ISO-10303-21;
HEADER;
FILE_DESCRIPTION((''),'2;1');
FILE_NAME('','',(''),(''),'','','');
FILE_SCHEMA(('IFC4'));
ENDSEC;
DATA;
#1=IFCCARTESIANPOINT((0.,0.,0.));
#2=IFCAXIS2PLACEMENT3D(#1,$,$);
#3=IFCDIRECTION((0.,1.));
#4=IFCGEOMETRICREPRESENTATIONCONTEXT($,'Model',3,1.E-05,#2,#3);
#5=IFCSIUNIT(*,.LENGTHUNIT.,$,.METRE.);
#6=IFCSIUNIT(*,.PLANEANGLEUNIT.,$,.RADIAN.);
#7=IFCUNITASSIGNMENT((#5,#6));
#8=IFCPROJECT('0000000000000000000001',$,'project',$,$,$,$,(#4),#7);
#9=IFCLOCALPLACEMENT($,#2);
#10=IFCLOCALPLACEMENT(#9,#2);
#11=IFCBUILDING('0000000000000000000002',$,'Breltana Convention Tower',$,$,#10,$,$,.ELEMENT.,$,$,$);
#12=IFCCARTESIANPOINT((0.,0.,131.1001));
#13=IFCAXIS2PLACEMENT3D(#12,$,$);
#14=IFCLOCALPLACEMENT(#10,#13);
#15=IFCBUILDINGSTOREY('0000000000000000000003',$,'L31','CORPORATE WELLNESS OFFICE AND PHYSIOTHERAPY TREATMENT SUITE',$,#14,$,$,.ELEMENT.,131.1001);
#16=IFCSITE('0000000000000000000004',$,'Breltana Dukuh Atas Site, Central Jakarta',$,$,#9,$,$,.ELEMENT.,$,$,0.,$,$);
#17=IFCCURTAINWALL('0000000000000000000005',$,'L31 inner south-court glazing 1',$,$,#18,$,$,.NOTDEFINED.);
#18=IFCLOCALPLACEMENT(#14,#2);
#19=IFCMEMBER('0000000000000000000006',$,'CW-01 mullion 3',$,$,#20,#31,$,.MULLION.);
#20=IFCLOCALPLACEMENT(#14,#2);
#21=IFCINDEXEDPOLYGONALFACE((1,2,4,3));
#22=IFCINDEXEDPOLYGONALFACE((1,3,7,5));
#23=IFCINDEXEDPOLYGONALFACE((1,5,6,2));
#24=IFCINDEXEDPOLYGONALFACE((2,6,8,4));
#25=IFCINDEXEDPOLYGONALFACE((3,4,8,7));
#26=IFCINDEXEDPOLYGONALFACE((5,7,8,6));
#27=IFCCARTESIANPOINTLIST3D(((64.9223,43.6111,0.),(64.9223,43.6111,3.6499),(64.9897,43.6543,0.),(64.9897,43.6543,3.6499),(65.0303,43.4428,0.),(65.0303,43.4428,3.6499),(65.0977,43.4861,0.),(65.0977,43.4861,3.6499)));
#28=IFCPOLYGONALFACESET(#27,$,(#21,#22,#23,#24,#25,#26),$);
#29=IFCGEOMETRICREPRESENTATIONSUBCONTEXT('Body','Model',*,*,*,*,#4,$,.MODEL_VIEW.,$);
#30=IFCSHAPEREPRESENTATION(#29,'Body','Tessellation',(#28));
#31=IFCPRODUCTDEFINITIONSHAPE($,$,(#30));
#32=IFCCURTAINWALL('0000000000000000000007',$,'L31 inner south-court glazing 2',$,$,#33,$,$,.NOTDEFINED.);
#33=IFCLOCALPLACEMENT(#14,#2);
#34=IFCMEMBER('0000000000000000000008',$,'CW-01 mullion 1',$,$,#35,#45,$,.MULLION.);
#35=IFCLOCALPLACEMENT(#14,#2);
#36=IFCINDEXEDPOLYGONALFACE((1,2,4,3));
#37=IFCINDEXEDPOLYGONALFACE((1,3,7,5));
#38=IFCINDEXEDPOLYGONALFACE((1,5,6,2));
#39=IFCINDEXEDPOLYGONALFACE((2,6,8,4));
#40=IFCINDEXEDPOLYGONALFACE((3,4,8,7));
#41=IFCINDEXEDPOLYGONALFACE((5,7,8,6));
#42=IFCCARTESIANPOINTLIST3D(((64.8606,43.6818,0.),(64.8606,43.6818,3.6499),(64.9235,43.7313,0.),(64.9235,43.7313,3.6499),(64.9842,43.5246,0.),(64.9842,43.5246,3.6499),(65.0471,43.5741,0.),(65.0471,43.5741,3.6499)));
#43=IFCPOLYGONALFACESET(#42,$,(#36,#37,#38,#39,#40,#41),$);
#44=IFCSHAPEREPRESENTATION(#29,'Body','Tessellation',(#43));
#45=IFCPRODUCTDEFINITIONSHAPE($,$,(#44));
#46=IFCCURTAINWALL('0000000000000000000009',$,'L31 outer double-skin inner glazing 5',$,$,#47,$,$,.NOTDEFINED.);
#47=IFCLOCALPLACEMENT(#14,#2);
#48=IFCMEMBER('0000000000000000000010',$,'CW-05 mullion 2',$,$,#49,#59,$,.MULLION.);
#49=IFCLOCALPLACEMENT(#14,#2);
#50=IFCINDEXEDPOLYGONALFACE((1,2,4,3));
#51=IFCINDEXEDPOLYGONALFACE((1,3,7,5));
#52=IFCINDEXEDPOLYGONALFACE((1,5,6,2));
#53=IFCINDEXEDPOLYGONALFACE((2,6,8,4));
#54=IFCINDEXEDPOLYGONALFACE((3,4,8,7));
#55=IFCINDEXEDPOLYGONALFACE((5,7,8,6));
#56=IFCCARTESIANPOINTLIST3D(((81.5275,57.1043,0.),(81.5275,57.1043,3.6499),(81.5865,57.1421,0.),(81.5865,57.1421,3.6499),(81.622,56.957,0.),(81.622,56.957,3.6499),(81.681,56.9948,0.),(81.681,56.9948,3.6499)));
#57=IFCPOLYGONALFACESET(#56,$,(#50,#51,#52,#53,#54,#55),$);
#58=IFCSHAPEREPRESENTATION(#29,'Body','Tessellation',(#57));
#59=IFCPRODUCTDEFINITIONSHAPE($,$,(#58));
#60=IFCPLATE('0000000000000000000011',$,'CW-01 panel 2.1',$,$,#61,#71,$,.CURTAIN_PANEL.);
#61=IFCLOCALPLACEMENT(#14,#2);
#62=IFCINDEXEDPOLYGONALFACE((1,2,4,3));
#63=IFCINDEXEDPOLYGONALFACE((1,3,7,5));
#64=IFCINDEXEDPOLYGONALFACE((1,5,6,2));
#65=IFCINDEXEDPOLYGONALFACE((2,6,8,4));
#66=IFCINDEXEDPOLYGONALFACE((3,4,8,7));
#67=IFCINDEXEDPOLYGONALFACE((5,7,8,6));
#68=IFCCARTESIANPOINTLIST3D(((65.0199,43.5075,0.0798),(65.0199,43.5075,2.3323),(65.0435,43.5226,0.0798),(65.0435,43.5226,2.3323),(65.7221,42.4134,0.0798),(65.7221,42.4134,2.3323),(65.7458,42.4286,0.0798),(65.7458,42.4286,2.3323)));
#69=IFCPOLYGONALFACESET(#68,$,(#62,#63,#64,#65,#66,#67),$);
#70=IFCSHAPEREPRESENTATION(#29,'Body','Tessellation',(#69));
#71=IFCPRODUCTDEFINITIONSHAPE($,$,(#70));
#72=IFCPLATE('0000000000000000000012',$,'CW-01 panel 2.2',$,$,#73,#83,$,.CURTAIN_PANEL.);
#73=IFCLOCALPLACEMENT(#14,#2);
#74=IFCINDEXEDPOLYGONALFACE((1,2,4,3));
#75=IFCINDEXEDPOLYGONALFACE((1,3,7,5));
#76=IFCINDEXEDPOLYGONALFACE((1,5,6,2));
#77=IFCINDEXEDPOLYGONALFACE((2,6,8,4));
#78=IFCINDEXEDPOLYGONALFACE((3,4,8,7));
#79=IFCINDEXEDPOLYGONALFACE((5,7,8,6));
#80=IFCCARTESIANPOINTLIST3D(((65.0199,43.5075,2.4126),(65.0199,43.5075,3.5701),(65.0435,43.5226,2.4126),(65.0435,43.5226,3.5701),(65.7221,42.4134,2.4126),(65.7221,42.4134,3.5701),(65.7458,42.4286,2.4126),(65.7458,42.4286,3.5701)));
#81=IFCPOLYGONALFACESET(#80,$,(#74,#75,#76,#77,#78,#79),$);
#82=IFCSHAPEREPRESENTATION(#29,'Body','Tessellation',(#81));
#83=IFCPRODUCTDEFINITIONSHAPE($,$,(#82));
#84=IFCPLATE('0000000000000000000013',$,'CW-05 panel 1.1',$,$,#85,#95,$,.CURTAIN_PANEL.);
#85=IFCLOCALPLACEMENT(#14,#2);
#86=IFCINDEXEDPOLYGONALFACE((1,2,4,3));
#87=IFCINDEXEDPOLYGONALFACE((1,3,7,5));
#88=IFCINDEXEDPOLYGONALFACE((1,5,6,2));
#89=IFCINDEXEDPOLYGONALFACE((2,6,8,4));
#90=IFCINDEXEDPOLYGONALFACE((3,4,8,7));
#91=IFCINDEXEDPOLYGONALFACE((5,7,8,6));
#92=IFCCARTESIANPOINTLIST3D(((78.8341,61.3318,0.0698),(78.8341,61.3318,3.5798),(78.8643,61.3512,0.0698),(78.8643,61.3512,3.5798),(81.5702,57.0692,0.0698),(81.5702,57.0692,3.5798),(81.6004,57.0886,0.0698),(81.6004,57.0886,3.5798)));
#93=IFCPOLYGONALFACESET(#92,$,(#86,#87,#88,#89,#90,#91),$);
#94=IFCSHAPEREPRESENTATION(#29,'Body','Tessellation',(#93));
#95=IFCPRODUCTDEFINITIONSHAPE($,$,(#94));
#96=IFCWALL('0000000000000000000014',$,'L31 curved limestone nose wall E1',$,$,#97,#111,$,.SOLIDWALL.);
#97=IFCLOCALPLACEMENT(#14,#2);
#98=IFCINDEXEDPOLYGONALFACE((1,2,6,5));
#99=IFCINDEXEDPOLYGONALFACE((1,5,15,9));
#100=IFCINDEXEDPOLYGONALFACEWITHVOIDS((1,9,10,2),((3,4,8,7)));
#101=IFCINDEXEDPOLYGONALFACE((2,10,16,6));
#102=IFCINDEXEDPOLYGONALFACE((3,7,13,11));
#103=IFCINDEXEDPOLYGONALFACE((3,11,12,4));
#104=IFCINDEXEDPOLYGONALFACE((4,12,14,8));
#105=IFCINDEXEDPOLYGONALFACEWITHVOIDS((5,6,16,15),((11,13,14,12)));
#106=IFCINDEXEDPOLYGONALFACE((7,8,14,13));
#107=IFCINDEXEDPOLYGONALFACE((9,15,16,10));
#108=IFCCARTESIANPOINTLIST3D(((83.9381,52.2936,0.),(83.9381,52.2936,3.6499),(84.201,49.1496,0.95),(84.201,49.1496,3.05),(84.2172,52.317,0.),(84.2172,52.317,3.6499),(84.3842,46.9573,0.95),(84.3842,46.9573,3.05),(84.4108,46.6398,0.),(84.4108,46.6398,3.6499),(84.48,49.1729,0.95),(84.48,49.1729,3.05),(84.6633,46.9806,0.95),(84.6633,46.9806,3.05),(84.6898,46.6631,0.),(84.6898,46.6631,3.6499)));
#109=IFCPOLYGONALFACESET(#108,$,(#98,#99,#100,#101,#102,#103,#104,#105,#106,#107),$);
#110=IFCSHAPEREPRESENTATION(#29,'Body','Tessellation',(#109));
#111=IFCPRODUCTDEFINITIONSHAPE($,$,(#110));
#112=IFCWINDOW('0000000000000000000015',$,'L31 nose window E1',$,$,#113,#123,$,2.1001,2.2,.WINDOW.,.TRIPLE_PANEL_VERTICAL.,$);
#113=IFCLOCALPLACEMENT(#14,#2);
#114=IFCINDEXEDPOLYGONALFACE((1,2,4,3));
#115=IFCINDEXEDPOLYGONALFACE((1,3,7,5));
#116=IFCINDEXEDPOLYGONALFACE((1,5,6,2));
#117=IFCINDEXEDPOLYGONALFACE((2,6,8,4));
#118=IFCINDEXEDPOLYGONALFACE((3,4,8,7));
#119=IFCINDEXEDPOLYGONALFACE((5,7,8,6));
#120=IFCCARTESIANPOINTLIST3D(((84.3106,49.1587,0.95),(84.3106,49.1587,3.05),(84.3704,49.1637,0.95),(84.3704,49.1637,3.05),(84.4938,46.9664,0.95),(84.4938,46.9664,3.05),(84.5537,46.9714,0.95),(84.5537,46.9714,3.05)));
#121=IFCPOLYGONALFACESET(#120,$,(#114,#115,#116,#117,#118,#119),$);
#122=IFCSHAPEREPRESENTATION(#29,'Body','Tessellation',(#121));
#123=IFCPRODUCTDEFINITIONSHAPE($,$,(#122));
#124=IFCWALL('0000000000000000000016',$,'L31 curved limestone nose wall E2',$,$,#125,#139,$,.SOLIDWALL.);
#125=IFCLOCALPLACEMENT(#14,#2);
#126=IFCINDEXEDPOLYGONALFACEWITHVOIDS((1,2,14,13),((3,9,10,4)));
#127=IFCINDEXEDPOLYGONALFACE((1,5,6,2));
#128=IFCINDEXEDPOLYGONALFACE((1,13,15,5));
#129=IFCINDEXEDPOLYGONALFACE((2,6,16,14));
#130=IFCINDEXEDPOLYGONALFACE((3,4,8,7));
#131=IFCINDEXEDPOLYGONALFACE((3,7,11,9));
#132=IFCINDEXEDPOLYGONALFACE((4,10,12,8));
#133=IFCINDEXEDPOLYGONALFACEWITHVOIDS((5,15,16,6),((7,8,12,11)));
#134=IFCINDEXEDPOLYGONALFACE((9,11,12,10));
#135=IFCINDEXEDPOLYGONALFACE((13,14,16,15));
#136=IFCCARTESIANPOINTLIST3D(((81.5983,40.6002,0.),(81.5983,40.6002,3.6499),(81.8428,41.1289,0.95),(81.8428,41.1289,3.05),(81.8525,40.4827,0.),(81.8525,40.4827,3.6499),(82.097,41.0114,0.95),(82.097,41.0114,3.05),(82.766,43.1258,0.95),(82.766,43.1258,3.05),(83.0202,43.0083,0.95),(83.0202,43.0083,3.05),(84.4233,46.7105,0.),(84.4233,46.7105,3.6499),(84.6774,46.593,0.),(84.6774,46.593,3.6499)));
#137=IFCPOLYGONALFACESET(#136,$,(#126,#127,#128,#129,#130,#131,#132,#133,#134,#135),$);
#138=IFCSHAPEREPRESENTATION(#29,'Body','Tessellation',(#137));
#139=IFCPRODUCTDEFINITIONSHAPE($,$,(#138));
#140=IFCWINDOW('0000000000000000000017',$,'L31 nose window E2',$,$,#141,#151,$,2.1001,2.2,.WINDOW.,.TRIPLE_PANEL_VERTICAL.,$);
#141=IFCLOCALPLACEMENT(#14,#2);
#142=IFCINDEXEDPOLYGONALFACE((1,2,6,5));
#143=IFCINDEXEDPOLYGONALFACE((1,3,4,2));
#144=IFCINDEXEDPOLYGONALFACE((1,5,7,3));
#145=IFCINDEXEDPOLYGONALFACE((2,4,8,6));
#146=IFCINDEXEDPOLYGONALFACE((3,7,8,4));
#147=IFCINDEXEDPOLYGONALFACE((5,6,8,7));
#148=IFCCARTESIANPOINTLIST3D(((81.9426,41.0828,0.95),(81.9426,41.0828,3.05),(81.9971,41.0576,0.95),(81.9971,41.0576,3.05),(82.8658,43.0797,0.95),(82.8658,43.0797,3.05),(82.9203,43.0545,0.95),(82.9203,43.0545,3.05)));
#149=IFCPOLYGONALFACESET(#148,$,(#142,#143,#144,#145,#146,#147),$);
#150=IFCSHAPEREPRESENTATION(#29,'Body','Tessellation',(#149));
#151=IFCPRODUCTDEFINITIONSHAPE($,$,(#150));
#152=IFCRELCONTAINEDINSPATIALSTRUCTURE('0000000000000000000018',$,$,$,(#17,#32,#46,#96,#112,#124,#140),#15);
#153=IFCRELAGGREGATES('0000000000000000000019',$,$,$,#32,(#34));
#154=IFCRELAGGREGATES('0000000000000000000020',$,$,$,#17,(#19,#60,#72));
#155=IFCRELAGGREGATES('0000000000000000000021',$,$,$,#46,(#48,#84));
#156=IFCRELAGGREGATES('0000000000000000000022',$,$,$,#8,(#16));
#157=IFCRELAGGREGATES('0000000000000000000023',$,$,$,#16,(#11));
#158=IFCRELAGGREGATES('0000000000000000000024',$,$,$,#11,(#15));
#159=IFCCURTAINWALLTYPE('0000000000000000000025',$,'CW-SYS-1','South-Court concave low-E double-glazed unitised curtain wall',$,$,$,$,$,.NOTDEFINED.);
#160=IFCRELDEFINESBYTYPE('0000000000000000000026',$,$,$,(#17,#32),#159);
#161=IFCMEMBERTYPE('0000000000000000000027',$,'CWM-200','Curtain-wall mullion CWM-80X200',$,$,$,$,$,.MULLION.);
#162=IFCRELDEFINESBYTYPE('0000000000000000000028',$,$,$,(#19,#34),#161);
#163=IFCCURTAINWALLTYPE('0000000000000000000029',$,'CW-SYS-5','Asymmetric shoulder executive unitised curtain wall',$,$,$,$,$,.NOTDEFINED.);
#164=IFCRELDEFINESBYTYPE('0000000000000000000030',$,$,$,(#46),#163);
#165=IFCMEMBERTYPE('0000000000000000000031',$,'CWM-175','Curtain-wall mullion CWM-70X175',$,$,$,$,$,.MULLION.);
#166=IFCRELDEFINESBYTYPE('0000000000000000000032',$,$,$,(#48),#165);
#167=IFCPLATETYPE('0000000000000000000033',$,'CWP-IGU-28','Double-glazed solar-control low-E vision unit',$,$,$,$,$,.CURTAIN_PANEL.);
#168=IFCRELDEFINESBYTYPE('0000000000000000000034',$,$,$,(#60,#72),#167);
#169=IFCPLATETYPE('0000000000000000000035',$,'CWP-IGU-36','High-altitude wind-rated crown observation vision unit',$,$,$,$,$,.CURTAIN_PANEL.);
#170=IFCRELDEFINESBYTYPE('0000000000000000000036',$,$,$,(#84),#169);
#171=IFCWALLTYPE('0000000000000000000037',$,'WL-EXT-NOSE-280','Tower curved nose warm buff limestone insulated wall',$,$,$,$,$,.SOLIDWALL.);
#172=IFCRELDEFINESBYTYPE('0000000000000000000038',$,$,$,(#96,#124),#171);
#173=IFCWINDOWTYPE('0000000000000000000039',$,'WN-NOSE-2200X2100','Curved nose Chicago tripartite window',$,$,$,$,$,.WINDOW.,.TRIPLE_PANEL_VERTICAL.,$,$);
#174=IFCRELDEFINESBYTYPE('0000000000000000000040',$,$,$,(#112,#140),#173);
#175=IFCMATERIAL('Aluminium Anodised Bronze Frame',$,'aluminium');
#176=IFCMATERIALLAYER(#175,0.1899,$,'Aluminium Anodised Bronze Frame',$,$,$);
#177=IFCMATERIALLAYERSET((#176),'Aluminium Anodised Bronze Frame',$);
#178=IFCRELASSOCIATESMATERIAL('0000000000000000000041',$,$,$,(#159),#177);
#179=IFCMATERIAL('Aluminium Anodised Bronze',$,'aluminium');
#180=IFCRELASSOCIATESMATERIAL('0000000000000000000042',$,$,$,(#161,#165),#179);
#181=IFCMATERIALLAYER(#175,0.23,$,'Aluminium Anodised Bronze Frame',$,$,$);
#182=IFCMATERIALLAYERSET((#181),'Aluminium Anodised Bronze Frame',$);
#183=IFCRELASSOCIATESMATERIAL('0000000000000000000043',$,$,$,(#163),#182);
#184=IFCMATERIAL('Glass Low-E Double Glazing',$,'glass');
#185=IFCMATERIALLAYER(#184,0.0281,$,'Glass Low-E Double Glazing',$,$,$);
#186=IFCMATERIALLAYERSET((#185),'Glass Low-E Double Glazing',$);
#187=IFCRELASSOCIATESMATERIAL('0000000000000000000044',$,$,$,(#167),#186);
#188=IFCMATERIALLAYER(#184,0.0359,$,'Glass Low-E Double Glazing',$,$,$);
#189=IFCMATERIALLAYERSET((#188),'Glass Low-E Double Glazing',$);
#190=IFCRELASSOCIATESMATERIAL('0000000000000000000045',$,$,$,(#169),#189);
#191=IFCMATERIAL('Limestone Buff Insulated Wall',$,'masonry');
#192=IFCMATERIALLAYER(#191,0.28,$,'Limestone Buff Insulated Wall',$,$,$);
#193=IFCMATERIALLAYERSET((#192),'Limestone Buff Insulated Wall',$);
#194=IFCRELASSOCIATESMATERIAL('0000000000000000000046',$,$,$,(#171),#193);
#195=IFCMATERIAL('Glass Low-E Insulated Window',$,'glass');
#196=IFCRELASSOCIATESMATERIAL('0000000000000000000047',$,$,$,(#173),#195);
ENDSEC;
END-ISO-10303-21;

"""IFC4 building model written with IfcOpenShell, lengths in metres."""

from ifc_helpers import new_model, si_unit, direction, frame, frame_2d, origin, origin_2d, place, context, subcontext, project, spatial, rectangle, extrude, source, transform, mapped, material, layer, layer_set, material_profile, profile_set, type_object, type_shapes, element, fill, aggregate, save


model = new_model("IFC4")

# Units and contexts
model_context = context("Model", 3, precision=1e-05, world=origin(), true_north=direction((0.0, 1.0)))
body_context = subcontext(model_context, "Body", "Model", "MODEL_VIEW")
ifc_project = project(units=[si_unit("LENGTHUNIT", "METRE"), si_unit("PLANEANGLEUNIT", "RADIAN")], contexts=[model_context])

# Site, building, storey
site_placement = place(None, origin())
site = spatial("IfcSite", under=ifc_project, at=site_placement, Name="Breltana Dukuh Atas Site, Central Jakarta", CompositionType="ELEMENT", RefElevation=0.0)
building_placement = place(site_placement, origin())
building = spatial("IfcBuilding", under=site, at=building_placement, Name="Breltana Convention Tower", CompositionType="ELEMENT")
storey_placement = place(building_placement, frame((0.0, 0.0, 131.1001)))
storey = spatial("IfcBuildingStorey", under=building, at=storey_placement, Name="L31", Description="CORPORATE WELLNESS OFFICE AND PHYSIOTHERAPY TREATMENT SUITE", CompositionType="ELEMENT", Elevation=131.1001)

# Curtain walls, members
ifc_material_1 = material(Name="Aluminium Anodised Bronze Frame", Category="aluminium")
ifc_layer_1 = layer(ifc_material_1, 0.1899, Name="Aluminium Anodised Bronze Frame")
ifc_layer_set_1 = layer_set([ifc_layer_1], Name="Aluminium Anodised Bronze Frame")
curtain_wall_type_1 = type_object("IfcCurtainWallType", Name="CW-SYS-1", Description="South-Court concave low-E double-glazed unitised curtain wall", PredefinedType="NOTDEFINED", material=ifc_layer_set_1)
curtain_wall_1_placement = place(storey_placement, origin())
curtain_wall_1 = element("IfcCurtainWall", 1, at=curtain_wall_1_placement, inside=storey, type_object=curtain_wall_type_1, Name="L31 inner south-court glazing 1", PredefinedType="NOTDEFINED")
ifc_material_2 = material(Name="Aluminium Anodised Bronze", Category="aluminium")
ifc_material_profile_1 = material_profile(ifc_material_2, rectangle(XDim=0.0801, YDim=0.2, at=origin_2d()), Name="CWM-80X200")
ifc_profile_set_1 = profile_set([ifc_material_profile_1], Name="Aluminium Anodised Bronze")
member_type_1 = type_object("IfcMemberType", Name="CWM-200", Description="Curtain-wall mullion CWM-80X200", PredefinedType="MULLION", material=ifc_profile_set_1)
shared_shape_1 = source(origin(), body_context, "Body", "SweptSolid", [
    extrude(rectangle(XDim=0.0801, YDim=0.2, at=origin_2d()), origin(), (0.0, 0.0, 1.0), 3.6499),
])
member_1_placement = place(storey_placement, frame((65.01, 43.5486, 0.0), z_axis=(0.0, 0.0, 1.0), x_axis=(-0.841551, -0.540177, 0.0)))
member_1 = element("IfcMember", 2, at=member_1_placement, type_object=member_type_1, Name="CW-01 mullion 3", PredefinedType="MULLION", context=body_context, shape_type="MappedRepresentation", body=[
    mapped(shared_shape_1, transform((0.0, 0.0, 0.0), scale=1.0)),
])
curtain_wall_2_placement = place(storey_placement, origin())
curtain_wall_2 = element("IfcCurtainWall", 3, at=curtain_wall_2_placement, inside=storey, type_object=curtain_wall_type_1, Name="L31 inner south-court glazing 2", PredefinedType="NOTDEFINED")
member_2_placement = place(storey_placement, frame((64.9539, 43.6279, 0.0), z_axis=(0.0, 0.0, 1.0), x_axis=(-0.786054, -0.618157, 0.0)))
member_2 = element("IfcMember", 4, at=member_2_placement, type_object=member_type_1, Name="CW-01 mullion 1", PredefinedType="MULLION", context=body_context, shape_type="MappedRepresentation", body=[
    mapped(shared_shape_1, transform((0.0, 0.0, 0.0), scale=1.0)),
])
aggregate(curtain_wall_2, [member_2])
ifc_layer_2 = layer(ifc_material_1, 0.23, Name="Aluminium Anodised Bronze Frame")
ifc_layer_set_2 = layer_set([ifc_layer_2], Name="Aluminium Anodised Bronze Frame")
curtain_wall_type_2 = type_object("IfcCurtainWallType", Name="CW-SYS-5", Description="Asymmetric shoulder executive unitised curtain wall", PredefinedType="NOTDEFINED", material=ifc_layer_set_2)
curtain_wall_3_placement = place(storey_placement, origin())
curtain_wall_3 = element("IfcCurtainWall", 5, at=curtain_wall_3_placement, inside=storey, type_object=curtain_wall_type_2, Name="L31 outer double-skin inner glazing 5", PredefinedType="NOTDEFINED")
ifc_material_profile_2 = material_profile(ifc_material_2, rectangle(XDim=0.0701, YDim=0.175, at=origin_2d()), Name="CWM-70X175")
ifc_profile_set_2 = profile_set([ifc_material_profile_2], Name="Aluminium Anodised Bronze")
member_type_2 = type_object("IfcMemberType", Name="CWM-175", Description="Curtain-wall mullion CWM-70X175", PredefinedType="MULLION", material=ifc_profile_set_2)
shared_shape_2 = source(origin(), body_context, "Body", "SweptSolid", [
    extrude(rectangle(XDim=0.0701, YDim=0.175, at=origin_2d()), origin(), (0.0, 0.0, 1.0), 3.6499),
])
member_3_placement = place(storey_placement, frame((81.6042, 57.0496, 0.0), z_axis=(0.0, 0.0, 1.0), x_axis=(0.841552, 0.540177, 0.0)))
member_3 = element("IfcMember", 6, at=member_3_placement, type_object=member_type_2, Name="CW-05 mullion 2", PredefinedType="MULLION", context=body_context, shape_type="MappedRepresentation", body=[
    mapped(shared_shape_2, transform((0.0, 0.0, 0.0), scale=1.0)),
])

# Plates
ifc_material_3 = material(Name="Glass Low-E Double Glazing", Category="glass")
ifc_layer_3 = layer(ifc_material_3, 0.0281, Name="Glass Low-E Double Glazing")
ifc_layer_set_3 = layer_set([ifc_layer_3], Name="Glass Low-E Double Glazing")
plate_type_1 = type_object("IfcPlateType", Name="CWP-IGU-28", Description="Double-glazed solar-control low-E vision unit", PredefinedType="CURTAIN_PANEL", material=ifc_layer_set_3)
shared_shape_3 = source(origin(), body_context, "Body", "SweptSolid", [
    extrude(rectangle(XDim=1.3, YDim=0.0281, at=origin_2d()), origin(), (0.0, 0.0, 1.0), 2.2524),
])
plate_1_placement = place(storey_placement, frame((65.3828, 42.968, 0.0798), z_axis=(0.0, 0.0, 1.0), x_axis=(-0.540177, 0.841551, 0.0)))
plate_1 = element("IfcPlate", 7, at=plate_1_placement, type_object=plate_type_1, Name="CW-01 panel 2.1", PredefinedType="CURTAIN_PANEL", context=body_context, shape_type="MappedRepresentation", body=[
    mapped(shared_shape_3, transform((0.0, 0.0, 0.0), scale=1.0)),
])
shared_shape_4 = source(origin(), body_context, "Body", "SweptSolid", [
    extrude(rectangle(XDim=1.3, YDim=0.0281, at=origin_2d()), origin(), (0.0, 0.0, 1.0), 1.1575),
])
plate_2_placement = place(storey_placement, frame((65.3828, 42.968, 2.4126), z_axis=(0.0, 0.0, 1.0), x_axis=(-0.540177, 0.841551, 0.0)))
plate_2 = element("IfcPlate", 8, at=plate_2_placement, type_object=plate_type_1, Name="CW-01 panel 2.2", PredefinedType="CURTAIN_PANEL", context=body_context, shape_type="MappedRepresentation", body=[
    mapped(shared_shape_4, transform((0.0, 0.0, 0.0), scale=1.0)),
])
aggregate(curtain_wall_1, [member_1, plate_1, plate_2])
ifc_layer_4 = layer(ifc_material_3, 0.0359, Name="Glass Low-E Double Glazing")
ifc_layer_set_4 = layer_set([ifc_layer_4], Name="Glass Low-E Double Glazing")
plate_type_2 = type_object("IfcPlateType", Name="CWP-IGU-36", Description="High-altitude wind-rated crown observation vision unit", PredefinedType="CURTAIN_PANEL", material=ifc_layer_set_4)
shared_shape_5 = source(origin(), body_context, "Body", "SweptSolid", [
    extrude(rectangle(XDim=5.0652, YDim=0.0359, at=origin_2d()), origin(), (0.0, 0.0, 1.0), 3.51),
])
plate_3_placement = place(storey_placement, frame((80.2173, 59.2102, 0.0698), z_axis=(0.0, 0.0, 1.0), x_axis=(0.540177, -0.841552, 0.0)))
plate_3 = element("IfcPlate", 9, at=plate_3_placement, type_object=plate_type_2, Name="CW-05 panel 1.1", PredefinedType="CURTAIN_PANEL", context=body_context, shape_type="MappedRepresentation", body=[
    mapped(shared_shape_5, transform((0.0, 0.0, 0.0), scale=1.0)),
])
aggregate(curtain_wall_3, [member_3, plate_3])

# Walls, openings, windows
ifc_material_4 = material(Name="Limestone Buff Insulated Wall", Category="masonry")
ifc_layer_5 = layer(ifc_material_4, 0.28, Name="Limestone Buff Insulated Wall")
ifc_layer_set_5 = layer_set([ifc_layer_5], Name="Limestone Buff Insulated Wall")
wall_type = type_object("IfcWallType", Name="WL-EXT-NOSE-280", Description="Tower curved nose warm buff limestone insulated wall", PredefinedType="SOLIDWALL", material=ifc_layer_set_5)
shared_shape_6 = source(origin(), body_context, "Body", "SweptSolid", [
    extrude(rectangle(XDim=5.6736, YDim=0.28, at=frame_2d((2.8369, 0.0))), origin(), (0.0, 0.0, 1.0), 3.6499),
])
wall_1_placement = place(storey_placement, frame((84.0776, 52.3054, 0.0), z_axis=(0.0, 0.0, 1.0), x_axis=(0.083309, -0.996524, 0.0)))
wall_1 = element("IfcWall", 10, at=wall_1_placement, inside=storey, type_object=wall_type, Name="L31 curved limestone nose wall E1", PredefinedType="SOLIDWALL", context=body_context, shape_type="MappedRepresentation", body=[
    mapped(shared_shape_6, transform((0.0, 0.0, 0.0), scale=1.0)),
])
opening_1_placement = place(wall_1_placement, frame((3.155, 0.0, 0.95)))
opening_1 = element("IfcOpeningElement", 11, at=opening_1_placement, cuts=wall_1, PredefinedType="OPENING", context=body_context, shape_type="SweptSolid", body=[
    extrude(rectangle(XDim=2.2, YDim=2.1001, at=frame_2d((1.1001, 1.05))), frame((0.0, 0.1499, 0.0), z_axis=(0.0, -1.0, 0.0), x_axis=(1.0, 0.0, 0.0)), (0.0, 0.0, 1.0), 0.3),
])
ifc_material_5 = material(Name="Glass Low-E Insulated Window", Category="glass")
window_type = type_object("IfcWindowType", Name="WN-NOSE-2200X2100", Description="Curved nose Chicago tripartite window", PartitioningType="TRIPLE_PANEL_VERTICAL", PredefinedType="WINDOW", material=ifc_material_5)
shared_shape_7 = source(origin(), body_context, "Body", "SweptSolid", [
    extrude(rectangle(XDim=2.2, YDim=2.1001, at=frame_2d((1.1001, 1.05))), frame((0.0, 0.03, 0.0), z_axis=(0.0, -1.0, 0.0), x_axis=(1.0, 0.0, 0.0)), (0.0, 0.0, 1.0), 0.0601),
])
type_shapes(window_type, [shared_shape_7])
window_1_placement = place(opening_1_placement, origin())
window_1 = element("IfcWindow", 12, at=window_1_placement, inside=storey, type_object=window_type, Name="L31 nose window E1", OverallHeight=2.1001, OverallWidth=2.2, PartitioningType="TRIPLE_PANEL_VERTICAL", PredefinedType="WINDOW", context=body_context, shape_type="MappedRepresentation", body=[
    mapped(shared_shape_7, transform((0.0, 0.0, 0.0), scale=1.0)),
])
fill(opening_1, window_1)
shared_shape_8 = source(origin(), body_context, "Body", "SweptSolid", [
    extrude(rectangle(XDim=6.7317, YDim=0.28, at=frame_2d((3.3657, 0.0))), origin(), (0.0, 0.0, 1.0), 3.6499),
])
wall_2_placement = place(storey_placement, frame((84.5503, 46.6516, 0.0), z_axis=(0.0, 0.0, 1.0), x_axis=(-0.419645, -0.907689, 0.0)))
wall_2 = element("IfcWall", 13, at=wall_2_placement, inside=storey, type_object=wall_type, Name="L31 curved limestone nose wall E2", PredefinedType="SOLIDWALL", context=body_context, shape_type="MappedRepresentation", body=[
    mapped(shared_shape_8, transform((0.0, 0.0, 0.0), scale=1.0)),
])
opening_2_placement = place(wall_2_placement, frame((3.949, 0.0, 0.95)))
opening_2 = element("IfcOpeningElement", 14, at=opening_2_placement, cuts=wall_2, PredefinedType="OPENING", context=body_context, shape_type="SweptSolid", body=[
    extrude(rectangle(XDim=2.2, YDim=2.1001, at=frame_2d((1.1001, 1.05))), frame((0.0, 0.1499, 0.0), z_axis=(0.0, -1.0, 0.0), x_axis=(1.0, 0.0, 0.0)), (0.0, 0.0, 1.0), 0.3),
])
window_2_placement = place(opening_2_placement, origin())
window_2 = element("IfcWindow", 15, at=window_2_placement, inside=storey, type_object=window_type, Name="L31 nose window E2", OverallHeight=2.1001, OverallWidth=2.2, PartitioningType="TRIPLE_PANEL_VERTICAL", PredefinedType="WINDOW", context=body_context, shape_type="MappedRepresentation", body=[
    mapped(shared_shape_7, transform((0.0, 0.0, 0.0), scale=1.0)),
])
fill(opening_2, window_2)

save(model, "model.ifc")
